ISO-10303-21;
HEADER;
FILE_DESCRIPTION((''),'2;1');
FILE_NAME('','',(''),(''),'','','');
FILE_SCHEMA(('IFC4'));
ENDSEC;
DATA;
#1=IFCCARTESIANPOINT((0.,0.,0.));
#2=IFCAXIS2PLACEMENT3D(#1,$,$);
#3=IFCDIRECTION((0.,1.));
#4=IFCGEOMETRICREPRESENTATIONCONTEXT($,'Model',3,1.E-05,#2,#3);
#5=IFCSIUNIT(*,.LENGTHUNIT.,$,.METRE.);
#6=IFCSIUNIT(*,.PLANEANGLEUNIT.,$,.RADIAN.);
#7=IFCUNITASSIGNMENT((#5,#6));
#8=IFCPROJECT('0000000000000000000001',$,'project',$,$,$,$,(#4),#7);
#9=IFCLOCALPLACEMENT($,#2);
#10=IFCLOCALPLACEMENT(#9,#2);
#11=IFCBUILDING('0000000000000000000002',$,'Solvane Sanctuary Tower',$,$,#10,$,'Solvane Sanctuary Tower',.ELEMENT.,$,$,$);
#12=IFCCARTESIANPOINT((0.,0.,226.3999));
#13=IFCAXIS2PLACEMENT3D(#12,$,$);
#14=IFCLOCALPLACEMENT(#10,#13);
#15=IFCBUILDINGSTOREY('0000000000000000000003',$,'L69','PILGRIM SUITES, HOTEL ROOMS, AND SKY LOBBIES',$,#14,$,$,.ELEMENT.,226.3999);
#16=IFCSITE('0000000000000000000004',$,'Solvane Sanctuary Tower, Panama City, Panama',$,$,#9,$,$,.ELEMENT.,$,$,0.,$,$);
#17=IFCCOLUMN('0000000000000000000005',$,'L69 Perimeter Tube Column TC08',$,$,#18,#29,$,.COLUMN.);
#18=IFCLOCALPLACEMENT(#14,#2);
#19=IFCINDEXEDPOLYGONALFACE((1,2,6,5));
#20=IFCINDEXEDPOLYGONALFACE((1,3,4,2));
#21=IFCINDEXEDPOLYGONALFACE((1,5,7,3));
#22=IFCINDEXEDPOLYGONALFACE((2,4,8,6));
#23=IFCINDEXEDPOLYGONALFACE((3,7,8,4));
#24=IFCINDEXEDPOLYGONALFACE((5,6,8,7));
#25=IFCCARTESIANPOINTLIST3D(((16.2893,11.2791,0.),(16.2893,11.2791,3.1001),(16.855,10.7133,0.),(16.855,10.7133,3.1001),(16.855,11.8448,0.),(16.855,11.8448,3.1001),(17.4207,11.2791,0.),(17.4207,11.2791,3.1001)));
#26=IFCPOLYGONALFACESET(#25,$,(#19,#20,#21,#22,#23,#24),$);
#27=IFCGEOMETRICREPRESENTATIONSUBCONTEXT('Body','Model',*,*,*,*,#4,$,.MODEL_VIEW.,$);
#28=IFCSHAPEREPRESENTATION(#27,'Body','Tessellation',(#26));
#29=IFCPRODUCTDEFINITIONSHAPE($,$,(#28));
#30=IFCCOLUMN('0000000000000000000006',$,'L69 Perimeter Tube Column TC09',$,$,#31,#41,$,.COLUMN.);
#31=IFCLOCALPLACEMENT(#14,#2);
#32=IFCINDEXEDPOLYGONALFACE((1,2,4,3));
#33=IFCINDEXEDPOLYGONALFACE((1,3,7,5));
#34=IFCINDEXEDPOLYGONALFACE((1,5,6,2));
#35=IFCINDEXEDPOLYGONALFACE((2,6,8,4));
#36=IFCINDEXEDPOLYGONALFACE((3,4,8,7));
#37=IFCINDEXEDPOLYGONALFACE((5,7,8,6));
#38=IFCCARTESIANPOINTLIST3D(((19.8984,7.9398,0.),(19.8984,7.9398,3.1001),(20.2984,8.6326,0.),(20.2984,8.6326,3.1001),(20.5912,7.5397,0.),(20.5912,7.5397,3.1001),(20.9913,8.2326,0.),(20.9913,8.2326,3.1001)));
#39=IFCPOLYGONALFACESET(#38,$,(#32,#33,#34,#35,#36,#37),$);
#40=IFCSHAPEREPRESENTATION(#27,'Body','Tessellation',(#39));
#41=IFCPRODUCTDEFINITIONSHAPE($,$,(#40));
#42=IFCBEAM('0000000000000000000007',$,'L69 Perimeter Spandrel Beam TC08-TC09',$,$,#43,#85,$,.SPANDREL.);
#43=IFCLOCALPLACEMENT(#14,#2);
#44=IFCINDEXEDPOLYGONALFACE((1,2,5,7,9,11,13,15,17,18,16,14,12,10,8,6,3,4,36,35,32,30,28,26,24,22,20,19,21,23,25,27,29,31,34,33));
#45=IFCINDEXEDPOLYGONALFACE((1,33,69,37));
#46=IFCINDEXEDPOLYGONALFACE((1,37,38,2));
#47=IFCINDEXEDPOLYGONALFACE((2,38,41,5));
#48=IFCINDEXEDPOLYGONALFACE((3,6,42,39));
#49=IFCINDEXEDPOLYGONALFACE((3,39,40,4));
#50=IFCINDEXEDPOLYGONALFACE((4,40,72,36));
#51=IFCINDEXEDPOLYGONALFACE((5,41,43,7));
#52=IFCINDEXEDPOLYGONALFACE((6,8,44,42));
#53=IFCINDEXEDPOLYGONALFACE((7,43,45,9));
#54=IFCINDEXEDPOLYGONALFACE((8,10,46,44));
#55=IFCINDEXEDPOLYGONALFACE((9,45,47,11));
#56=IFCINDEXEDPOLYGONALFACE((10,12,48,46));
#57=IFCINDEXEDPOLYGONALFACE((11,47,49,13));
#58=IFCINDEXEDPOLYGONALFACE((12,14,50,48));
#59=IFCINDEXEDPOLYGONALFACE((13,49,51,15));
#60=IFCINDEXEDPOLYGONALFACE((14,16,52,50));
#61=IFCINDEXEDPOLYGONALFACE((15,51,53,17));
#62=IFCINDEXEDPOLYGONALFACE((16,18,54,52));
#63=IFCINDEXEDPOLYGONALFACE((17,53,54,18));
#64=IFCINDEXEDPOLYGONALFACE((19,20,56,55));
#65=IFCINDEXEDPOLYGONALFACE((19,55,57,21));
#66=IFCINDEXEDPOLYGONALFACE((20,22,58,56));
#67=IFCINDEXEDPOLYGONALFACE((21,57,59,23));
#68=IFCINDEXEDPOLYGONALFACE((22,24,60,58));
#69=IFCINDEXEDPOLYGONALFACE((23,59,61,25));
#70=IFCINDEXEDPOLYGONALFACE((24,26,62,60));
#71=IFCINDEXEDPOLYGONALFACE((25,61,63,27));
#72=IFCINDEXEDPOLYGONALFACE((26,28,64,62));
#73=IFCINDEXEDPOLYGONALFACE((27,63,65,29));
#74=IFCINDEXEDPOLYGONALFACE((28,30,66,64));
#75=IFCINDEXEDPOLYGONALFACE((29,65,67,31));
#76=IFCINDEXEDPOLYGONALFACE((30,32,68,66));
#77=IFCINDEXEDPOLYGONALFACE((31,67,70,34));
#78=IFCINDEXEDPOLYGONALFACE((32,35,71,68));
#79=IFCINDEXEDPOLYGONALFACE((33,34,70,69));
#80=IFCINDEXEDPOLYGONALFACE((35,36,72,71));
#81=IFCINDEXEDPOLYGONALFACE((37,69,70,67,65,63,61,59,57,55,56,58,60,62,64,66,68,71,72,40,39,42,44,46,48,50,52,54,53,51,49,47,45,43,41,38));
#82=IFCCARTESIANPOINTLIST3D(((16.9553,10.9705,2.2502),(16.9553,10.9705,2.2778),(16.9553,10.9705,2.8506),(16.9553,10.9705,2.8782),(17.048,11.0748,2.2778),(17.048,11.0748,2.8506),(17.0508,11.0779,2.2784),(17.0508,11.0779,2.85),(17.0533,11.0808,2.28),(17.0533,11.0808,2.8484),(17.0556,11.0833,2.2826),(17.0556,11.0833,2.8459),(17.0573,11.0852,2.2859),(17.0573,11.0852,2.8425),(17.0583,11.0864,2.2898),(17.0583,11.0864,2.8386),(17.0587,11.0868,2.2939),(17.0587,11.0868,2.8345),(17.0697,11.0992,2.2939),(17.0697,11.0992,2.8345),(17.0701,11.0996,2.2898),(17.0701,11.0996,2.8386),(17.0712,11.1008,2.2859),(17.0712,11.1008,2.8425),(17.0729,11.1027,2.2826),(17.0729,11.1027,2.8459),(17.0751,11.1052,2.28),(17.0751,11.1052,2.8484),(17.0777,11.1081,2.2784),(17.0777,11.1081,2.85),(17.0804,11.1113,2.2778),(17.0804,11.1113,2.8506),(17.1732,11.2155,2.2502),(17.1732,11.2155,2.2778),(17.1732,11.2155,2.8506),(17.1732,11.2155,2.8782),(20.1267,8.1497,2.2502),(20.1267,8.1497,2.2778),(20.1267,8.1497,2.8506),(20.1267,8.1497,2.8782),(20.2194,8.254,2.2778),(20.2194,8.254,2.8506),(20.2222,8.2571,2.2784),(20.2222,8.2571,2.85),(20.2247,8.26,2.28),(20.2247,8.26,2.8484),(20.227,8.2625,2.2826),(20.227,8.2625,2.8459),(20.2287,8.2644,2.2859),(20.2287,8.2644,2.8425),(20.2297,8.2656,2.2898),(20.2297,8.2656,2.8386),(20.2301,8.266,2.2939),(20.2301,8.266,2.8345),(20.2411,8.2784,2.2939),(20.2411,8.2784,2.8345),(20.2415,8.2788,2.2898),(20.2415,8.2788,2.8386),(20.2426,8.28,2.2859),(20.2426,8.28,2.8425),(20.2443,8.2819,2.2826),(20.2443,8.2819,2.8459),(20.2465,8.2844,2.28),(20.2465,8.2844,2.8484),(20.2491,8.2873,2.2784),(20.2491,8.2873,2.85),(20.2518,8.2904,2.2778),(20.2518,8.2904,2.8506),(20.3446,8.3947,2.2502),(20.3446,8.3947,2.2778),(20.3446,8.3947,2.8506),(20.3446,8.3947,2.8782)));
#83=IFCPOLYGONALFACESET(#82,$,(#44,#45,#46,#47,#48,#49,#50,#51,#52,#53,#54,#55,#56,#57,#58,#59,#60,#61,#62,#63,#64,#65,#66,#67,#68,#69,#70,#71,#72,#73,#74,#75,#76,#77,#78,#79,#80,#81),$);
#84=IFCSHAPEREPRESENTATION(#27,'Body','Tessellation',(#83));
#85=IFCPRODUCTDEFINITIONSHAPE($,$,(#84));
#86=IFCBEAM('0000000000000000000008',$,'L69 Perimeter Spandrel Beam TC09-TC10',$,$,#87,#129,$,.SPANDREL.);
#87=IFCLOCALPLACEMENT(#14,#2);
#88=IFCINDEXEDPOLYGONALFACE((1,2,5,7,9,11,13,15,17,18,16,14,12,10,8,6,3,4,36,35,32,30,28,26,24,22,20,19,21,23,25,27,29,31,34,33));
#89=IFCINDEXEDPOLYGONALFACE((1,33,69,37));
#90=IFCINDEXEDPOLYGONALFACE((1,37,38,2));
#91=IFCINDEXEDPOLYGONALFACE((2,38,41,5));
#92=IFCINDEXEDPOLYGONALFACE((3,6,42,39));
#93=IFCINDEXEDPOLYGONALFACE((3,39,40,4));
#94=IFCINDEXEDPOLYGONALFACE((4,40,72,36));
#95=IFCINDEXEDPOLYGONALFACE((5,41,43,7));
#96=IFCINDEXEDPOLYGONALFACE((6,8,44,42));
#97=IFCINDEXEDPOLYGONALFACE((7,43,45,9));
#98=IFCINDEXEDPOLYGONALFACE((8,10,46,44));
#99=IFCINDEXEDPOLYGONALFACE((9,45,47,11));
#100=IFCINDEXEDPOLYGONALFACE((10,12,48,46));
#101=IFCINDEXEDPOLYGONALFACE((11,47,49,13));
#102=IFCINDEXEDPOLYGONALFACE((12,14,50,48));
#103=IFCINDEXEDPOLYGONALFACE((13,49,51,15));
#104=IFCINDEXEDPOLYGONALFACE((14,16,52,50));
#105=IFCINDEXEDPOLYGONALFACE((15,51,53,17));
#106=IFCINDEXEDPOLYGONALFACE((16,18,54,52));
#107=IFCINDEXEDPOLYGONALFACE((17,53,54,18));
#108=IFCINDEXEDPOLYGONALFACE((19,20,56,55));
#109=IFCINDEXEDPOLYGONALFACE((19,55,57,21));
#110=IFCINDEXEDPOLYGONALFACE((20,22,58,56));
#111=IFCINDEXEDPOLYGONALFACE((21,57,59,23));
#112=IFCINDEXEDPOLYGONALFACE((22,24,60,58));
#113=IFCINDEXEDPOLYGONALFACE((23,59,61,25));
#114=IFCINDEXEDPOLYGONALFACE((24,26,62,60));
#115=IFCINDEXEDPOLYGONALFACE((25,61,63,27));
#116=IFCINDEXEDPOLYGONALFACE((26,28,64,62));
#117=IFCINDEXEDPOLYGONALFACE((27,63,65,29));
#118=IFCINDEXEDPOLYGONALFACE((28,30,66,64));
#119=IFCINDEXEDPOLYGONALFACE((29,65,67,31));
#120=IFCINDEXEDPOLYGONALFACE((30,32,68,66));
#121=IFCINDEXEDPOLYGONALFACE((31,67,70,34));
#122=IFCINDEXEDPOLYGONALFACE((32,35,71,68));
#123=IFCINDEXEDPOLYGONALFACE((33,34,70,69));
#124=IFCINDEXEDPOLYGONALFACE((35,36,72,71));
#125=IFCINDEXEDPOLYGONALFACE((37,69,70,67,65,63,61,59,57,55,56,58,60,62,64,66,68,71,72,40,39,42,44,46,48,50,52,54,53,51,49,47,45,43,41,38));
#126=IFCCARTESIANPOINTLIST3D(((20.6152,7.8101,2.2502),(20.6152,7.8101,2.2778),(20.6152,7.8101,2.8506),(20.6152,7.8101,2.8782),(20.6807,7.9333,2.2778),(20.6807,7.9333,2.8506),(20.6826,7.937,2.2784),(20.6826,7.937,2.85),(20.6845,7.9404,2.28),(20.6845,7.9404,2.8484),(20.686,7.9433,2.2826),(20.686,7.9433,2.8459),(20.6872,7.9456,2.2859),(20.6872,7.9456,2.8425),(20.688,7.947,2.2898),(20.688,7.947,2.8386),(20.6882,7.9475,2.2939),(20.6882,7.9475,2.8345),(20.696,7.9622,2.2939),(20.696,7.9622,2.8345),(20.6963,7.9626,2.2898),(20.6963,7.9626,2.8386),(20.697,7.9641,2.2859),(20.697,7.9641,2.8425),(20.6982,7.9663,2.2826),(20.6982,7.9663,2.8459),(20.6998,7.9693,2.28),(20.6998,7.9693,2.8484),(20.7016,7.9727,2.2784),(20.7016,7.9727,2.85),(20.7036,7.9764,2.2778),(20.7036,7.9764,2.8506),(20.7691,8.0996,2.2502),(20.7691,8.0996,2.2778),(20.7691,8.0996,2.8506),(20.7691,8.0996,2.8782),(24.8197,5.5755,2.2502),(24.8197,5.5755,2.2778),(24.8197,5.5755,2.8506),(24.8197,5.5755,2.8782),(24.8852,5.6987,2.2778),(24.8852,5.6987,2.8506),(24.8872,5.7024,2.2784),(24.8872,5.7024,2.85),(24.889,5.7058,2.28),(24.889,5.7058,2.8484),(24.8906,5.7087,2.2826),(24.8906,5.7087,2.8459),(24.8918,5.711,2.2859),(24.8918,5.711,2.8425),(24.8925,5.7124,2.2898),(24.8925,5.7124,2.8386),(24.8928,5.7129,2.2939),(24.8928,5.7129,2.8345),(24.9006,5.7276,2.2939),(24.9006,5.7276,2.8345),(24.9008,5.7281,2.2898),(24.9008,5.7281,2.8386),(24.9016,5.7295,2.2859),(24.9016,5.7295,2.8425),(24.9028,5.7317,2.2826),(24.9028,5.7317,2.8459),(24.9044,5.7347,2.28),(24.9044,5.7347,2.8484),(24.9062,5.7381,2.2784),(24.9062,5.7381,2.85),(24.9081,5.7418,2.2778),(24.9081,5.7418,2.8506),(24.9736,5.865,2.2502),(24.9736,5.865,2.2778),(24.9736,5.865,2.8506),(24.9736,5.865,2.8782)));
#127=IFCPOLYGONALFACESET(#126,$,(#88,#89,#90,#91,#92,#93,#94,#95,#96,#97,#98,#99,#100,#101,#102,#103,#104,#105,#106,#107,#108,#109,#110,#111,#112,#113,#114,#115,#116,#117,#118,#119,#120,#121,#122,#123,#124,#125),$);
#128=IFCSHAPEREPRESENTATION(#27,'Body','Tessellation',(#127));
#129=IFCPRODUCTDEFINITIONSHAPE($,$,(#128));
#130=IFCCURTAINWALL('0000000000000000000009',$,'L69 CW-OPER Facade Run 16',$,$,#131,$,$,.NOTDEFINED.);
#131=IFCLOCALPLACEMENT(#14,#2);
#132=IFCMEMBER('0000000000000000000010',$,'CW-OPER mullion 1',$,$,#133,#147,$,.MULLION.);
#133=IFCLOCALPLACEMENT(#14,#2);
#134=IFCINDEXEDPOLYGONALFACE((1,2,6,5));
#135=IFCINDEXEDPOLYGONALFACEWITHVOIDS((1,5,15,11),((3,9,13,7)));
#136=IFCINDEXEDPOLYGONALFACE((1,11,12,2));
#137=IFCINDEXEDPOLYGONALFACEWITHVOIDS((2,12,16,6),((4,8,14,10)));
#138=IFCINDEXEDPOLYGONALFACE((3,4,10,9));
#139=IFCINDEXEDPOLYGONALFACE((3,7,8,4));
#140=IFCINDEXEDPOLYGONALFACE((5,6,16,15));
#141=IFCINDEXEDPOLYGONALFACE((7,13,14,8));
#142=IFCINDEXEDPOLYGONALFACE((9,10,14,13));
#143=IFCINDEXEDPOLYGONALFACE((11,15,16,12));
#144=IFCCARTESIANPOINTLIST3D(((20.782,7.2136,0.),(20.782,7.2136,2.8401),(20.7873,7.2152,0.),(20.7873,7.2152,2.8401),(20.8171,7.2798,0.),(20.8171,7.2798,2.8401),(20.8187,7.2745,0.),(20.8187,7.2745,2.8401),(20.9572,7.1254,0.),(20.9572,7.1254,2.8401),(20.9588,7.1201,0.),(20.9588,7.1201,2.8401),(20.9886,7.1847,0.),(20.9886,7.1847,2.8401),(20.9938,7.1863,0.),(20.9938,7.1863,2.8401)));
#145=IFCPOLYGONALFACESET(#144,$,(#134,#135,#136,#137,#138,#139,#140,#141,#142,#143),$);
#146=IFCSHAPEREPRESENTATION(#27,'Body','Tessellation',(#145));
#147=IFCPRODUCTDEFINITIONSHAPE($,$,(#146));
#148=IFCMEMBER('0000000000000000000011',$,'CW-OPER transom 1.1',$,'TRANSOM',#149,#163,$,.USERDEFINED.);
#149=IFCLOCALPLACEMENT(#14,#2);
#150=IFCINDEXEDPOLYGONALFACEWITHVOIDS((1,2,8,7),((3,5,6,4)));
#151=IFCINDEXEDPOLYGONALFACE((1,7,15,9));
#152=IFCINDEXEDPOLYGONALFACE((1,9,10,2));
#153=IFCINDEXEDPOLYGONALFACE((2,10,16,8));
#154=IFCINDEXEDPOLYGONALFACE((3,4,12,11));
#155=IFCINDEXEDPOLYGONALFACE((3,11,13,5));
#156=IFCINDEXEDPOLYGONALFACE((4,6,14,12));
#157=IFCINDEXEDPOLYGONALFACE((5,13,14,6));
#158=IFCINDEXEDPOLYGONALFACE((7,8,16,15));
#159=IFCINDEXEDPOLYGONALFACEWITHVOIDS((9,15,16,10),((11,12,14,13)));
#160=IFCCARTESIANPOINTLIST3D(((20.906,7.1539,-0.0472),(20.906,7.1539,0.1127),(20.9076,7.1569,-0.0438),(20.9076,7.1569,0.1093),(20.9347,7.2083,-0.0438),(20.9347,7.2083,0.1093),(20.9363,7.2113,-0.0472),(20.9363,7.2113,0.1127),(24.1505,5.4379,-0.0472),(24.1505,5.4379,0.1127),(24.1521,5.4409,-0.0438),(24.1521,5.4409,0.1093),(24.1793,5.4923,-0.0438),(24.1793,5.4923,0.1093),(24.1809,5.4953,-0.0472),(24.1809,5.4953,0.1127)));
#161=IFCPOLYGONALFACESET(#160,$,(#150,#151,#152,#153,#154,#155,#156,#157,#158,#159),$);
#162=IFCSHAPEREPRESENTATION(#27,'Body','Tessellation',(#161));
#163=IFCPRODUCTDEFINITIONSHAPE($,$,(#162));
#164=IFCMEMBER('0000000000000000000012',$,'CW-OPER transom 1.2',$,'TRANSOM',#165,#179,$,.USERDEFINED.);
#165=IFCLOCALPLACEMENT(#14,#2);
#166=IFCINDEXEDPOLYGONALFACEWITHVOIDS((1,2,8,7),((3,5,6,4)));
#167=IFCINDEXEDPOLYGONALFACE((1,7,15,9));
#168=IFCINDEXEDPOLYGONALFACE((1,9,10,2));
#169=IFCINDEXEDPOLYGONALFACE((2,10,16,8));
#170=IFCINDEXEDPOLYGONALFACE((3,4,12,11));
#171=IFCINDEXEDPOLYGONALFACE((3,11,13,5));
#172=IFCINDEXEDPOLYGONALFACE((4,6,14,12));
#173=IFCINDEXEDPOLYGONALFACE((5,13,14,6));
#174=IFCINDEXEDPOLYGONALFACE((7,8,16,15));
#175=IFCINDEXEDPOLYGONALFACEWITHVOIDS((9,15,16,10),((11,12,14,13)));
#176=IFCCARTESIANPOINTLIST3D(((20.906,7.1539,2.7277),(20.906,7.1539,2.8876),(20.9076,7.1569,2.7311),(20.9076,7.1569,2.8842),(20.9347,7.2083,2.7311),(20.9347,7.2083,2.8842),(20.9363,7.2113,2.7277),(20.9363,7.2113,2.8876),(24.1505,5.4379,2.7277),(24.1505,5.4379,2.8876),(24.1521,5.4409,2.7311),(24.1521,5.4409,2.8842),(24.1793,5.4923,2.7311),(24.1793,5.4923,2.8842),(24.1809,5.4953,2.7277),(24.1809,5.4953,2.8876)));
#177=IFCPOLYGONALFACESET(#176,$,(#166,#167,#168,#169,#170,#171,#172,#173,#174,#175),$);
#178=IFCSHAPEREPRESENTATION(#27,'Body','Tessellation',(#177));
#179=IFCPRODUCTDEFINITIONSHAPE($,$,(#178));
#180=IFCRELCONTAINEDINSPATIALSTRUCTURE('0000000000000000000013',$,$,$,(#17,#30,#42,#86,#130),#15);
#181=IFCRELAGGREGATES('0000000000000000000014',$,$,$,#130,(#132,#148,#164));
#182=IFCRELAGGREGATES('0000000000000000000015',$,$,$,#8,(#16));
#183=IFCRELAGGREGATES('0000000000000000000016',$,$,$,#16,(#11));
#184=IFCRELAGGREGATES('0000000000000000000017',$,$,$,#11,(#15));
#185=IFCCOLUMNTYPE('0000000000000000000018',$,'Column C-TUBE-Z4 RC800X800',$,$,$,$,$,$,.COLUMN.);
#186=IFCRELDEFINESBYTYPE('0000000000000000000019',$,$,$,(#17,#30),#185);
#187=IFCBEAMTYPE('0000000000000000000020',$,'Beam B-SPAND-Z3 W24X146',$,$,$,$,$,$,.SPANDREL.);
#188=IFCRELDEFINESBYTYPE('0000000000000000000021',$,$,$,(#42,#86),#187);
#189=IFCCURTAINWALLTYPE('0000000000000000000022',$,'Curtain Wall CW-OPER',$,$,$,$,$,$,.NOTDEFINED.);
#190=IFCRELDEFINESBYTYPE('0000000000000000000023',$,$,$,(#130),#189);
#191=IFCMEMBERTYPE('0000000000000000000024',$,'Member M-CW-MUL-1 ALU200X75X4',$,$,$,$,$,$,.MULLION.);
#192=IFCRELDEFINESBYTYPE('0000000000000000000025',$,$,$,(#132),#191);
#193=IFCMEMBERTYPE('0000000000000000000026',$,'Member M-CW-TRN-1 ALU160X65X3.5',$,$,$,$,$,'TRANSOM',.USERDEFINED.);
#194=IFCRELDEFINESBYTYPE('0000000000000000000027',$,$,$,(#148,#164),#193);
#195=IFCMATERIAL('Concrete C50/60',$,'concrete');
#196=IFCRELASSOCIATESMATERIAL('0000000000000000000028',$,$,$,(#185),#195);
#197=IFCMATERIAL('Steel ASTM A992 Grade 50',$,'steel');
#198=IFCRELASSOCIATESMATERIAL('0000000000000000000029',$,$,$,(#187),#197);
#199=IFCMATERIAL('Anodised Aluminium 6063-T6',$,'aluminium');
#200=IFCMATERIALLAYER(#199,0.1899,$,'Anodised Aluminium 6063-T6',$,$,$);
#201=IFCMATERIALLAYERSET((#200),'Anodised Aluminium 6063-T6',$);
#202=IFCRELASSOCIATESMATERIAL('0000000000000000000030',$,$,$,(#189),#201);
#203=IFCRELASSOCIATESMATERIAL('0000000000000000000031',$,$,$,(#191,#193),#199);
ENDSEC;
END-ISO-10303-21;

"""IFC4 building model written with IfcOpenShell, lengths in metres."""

from ifc_helpers import new_model, si_unit, direction, frame, origin, origin_2d, place, context, subcontext, project, spatial, rectangle, hollow_rectangle, i_section, extrude, material, layer, layer_set, material_profile, profile_set, type_object, element, aggregate, save


model = new_model("IFC4")

# Units and contexts
model_context = context("Model", 3, precision=1e-05, world=origin(), true_north=direction((0.0, 1.0)))
body_context = subcontext(model_context, "Body", "Model", "MODEL_VIEW")
ifc_project = project(units=[si_unit("LENGTHUNIT", "METRE"), si_unit("PLANEANGLEUNIT", "RADIAN")], contexts=[model_context])

# Site, building, storey
site_placement = place(None, origin())
site = spatial("IfcSite", under=ifc_project, at=site_placement, Name="Solvane Sanctuary Tower, Panama City, Panama", CompositionType="ELEMENT", RefElevation=0.0)
building_placement = place(site_placement, origin())
building = spatial("IfcBuilding", under=site, at=building_placement, Name="Solvane Sanctuary Tower", LongName="Solvane Sanctuary Tower", CompositionType="ELEMENT")
storey_placement = place(building_placement, frame((0.0, 0.0, 226.3999)))
storey = spatial("IfcBuildingStorey", under=building, at=storey_placement, Name="L69", Description="PILGRIM SUITES, HOTEL ROOMS, AND SKY LOBBIES", CompositionType="ELEMENT", Elevation=226.3999)

# Columns
ifc_material_1 = material(Name="Concrete C50/60", Category="concrete")
ifc_material_profile_1 = material_profile(ifc_material_1, rectangle(XDim=0.8, YDim=0.8, at=origin_2d()), Name="RC800X800")
ifc_profile_set_1 = profile_set([ifc_material_profile_1], Name="Concrete C50/60")
column_type = type_object("IfcColumnType", Name="Column C-TUBE-Z4 RC800X800", PredefinedType="COLUMN", material=ifc_profile_set_1)
for number, where, z_axis, x_axis, name in (
    (1, (16.855, 11.2791, 0.0), (0.0, 0.0, 1.0), (-0.707107, -0.707107, 0.0), "L69 Perimeter Tube Column TC08"),
    (2, (20.4448, 8.0862, 0.0), (0.0, 0.0, 1.0), (-0.5, -0.866025, 0.0), "L69 Perimeter Tube Column TC09"),
):
    element("IfcColumn", number, at=place(storey_placement, frame(where, z_axis=z_axis, x_axis=x_axis)), inside=storey, type_object=column_type, Name=name, PredefinedType="COLUMN", context=body_context, shape_type="SweptSolid", body=[
        extrude(rectangle(XDim=0.8, YDim=0.8, at=origin_2d()), origin(), (0.0, 0.0, 1.0), 3.1001),
    ])

# Beams
ifc_material_2 = material(Name="Steel ASTM A992 Grade 50", Category="steel")
ifc_material_profile_2 = material_profile(ifc_material_2, i_section(OverallWidth=0.3279, OverallDepth=0.6279, WebThickness=0.0166, FlangeThickness=0.0276, FilletRadius=0.0161, at=origin_2d()), Name="W24X146")
ifc_profile_set_2 = profile_set([ifc_material_profile_2], Name="Steel ASTM A992 Grade 50")
beam_type = type_object("IfcBeamType", Name="Beam B-SPAND-Z3 W24X146", PredefinedType="SPANDREL", material=ifc_profile_set_2)
beam_1_placement = place(storey_placement, frame((17.0642, 11.093, 2.5642), z_axis=(0.7472, -0.664599, 0.0), x_axis=(0.664599, 0.7472, 0.0)))
element("IfcBeam", 3, at=beam_1_placement, inside=storey, type_object=beam_type, Name="L69 Perimeter Spandrel Beam TC08-TC09", PredefinedType="SPANDREL", context=body_context, shape_type="SweptSolid", body=[
    extrude(i_section(OverallWidth=0.3279, OverallDepth=0.6279, WebThickness=0.0166, FlangeThickness=0.0276, FilletRadius=0.0161, at=origin_2d()), origin(), (0.0, 0.0, 1.0), 4.2444),
])
beam_2_placement = place(storey_placement, frame((20.6921, 7.9548, 2.5642), z_axis=(0.883035, -0.469308, 0.0), x_axis=(0.469308, 0.883035, 0.0)))
element("IfcBeam", 4, at=beam_2_placement, inside=storey, type_object=beam_type, Name="L69 Perimeter Spandrel Beam TC09-TC10", PredefinedType="SPANDREL", context=body_context, shape_type="SweptSolid", body=[
    extrude(i_section(OverallWidth=0.3279, OverallDepth=0.6279, WebThickness=0.0166, FlangeThickness=0.0276, FilletRadius=0.0161, at=origin_2d()), origin(), (0.0, 0.0, 1.0), 4.7615),
])

# Curtain wall, members
ifc_material_3 = material(Name="Anodised Aluminium 6063-T6", Category="aluminium")
ifc_layer_1 = layer(ifc_material_3, 0.1899, Name="Anodised Aluminium 6063-T6")
ifc_layer_set_1 = layer_set([ifc_layer_1], Name="Anodised Aluminium 6063-T6")
curtain_wall_type = type_object("IfcCurtainWallType", Name="Curtain Wall CW-OPER", PredefinedType="NOTDEFINED", material=ifc_layer_set_1)
curtain_wall_placement = place(storey_placement, origin())
curtain_wall = element("IfcCurtainWall", 5, at=curtain_wall_placement, inside=storey, type_object=curtain_wall_type, Name="L69 CW-OPER Facade Run 16", PredefinedType="NOTDEFINED")
ifc_material_profile_3 = material_profile(ifc_material_3, hollow_rectangle(XDim=0.075, YDim=0.2, WallThickness=0.0039, at=origin_2d()), Name="ALU200X75X4")
ifc_profile_set_3 = profile_set([ifc_material_profile_3], Name="Anodised Aluminium 6063-T6")
member_type_1 = type_object("IfcMemberType", Name="Member M-CW-MUL-1 ALU200X75X4", PredefinedType="MULLION", material=ifc_profile_set_3)
member_1_placement = place(storey_placement, frame((20.8879, 7.2, 0.0), z_axis=(0.0, 0.0, 1.0), x_axis=(0.467523, 0.883981, 0.0)))
member_1 = element("IfcMember", 6, at=member_1_placement, type_object=member_type_1, Name="CW-OPER mullion 1", PredefinedType="MULLION", context=body_context, shape_type="SweptSolid", body=[
    extrude(hollow_rectangle(XDim=0.075, YDim=0.2, WallThickness=0.0039, at=origin_2d()), origin(), (0.0, 0.0, 1.0), 2.8401),
])
ifc_material_profile_4 = material_profile(ifc_material_3, hollow_rectangle(XDim=0.0649, YDim=0.1599, WallThickness=0.0034, at=origin_2d()), Name="ALU160X65X3.5")
ifc_profile_set_4 = profile_set([ifc_material_profile_4], Name="Anodised Aluminium 6063-T6")
member_type_2 = type_object("IfcMemberType", Name="Member M-CW-TRN-1 ALU160X65X3.5", ElementType="TRANSOM", PredefinedType="USERDEFINED", material=ifc_profile_set_4)
member_2_placement = place(storey_placement, frame((20.9211, 7.1826, 0.0327), z_axis=(0.883977, -0.46753, 0.0), x_axis=(0.46753, 0.883977, 0.0)))
member_2 = element("IfcMember", 7, at=member_2_placement, type_object=member_type_2, Name="CW-OPER transom 1.1", ObjectType="TRANSOM", PredefinedType="USERDEFINED", context=body_context, shape_type="SweptSolid", body=[
    extrude(hollow_rectangle(XDim=0.0649, YDim=0.1599, WallThickness=0.0034, at=origin_2d()), origin(), (0.0, 0.0, 1.0), 3.6704),
])
member_3_placement = place(storey_placement, frame((20.9211, 7.1826, 2.8076), z_axis=(0.883977, -0.46753, 0.0), x_axis=(0.46753, 0.883977, 0.0)))
member_3 = element("IfcMember", 8, at=member_3_placement, type_object=member_type_2, Name="CW-OPER transom 1.2", ObjectType="TRANSOM", PredefinedType="USERDEFINED", context=body_context, shape_type="SweptSolid", body=[
    extrude(hollow_rectangle(XDim=0.0649, YDim=0.1599, WallThickness=0.0034, at=origin_2d()), origin(), (0.0, 0.0, 1.0), 3.6704),
])
aggregate(curtain_wall, [member_1, member_2, member_3])

save(model, "model.ifc")
